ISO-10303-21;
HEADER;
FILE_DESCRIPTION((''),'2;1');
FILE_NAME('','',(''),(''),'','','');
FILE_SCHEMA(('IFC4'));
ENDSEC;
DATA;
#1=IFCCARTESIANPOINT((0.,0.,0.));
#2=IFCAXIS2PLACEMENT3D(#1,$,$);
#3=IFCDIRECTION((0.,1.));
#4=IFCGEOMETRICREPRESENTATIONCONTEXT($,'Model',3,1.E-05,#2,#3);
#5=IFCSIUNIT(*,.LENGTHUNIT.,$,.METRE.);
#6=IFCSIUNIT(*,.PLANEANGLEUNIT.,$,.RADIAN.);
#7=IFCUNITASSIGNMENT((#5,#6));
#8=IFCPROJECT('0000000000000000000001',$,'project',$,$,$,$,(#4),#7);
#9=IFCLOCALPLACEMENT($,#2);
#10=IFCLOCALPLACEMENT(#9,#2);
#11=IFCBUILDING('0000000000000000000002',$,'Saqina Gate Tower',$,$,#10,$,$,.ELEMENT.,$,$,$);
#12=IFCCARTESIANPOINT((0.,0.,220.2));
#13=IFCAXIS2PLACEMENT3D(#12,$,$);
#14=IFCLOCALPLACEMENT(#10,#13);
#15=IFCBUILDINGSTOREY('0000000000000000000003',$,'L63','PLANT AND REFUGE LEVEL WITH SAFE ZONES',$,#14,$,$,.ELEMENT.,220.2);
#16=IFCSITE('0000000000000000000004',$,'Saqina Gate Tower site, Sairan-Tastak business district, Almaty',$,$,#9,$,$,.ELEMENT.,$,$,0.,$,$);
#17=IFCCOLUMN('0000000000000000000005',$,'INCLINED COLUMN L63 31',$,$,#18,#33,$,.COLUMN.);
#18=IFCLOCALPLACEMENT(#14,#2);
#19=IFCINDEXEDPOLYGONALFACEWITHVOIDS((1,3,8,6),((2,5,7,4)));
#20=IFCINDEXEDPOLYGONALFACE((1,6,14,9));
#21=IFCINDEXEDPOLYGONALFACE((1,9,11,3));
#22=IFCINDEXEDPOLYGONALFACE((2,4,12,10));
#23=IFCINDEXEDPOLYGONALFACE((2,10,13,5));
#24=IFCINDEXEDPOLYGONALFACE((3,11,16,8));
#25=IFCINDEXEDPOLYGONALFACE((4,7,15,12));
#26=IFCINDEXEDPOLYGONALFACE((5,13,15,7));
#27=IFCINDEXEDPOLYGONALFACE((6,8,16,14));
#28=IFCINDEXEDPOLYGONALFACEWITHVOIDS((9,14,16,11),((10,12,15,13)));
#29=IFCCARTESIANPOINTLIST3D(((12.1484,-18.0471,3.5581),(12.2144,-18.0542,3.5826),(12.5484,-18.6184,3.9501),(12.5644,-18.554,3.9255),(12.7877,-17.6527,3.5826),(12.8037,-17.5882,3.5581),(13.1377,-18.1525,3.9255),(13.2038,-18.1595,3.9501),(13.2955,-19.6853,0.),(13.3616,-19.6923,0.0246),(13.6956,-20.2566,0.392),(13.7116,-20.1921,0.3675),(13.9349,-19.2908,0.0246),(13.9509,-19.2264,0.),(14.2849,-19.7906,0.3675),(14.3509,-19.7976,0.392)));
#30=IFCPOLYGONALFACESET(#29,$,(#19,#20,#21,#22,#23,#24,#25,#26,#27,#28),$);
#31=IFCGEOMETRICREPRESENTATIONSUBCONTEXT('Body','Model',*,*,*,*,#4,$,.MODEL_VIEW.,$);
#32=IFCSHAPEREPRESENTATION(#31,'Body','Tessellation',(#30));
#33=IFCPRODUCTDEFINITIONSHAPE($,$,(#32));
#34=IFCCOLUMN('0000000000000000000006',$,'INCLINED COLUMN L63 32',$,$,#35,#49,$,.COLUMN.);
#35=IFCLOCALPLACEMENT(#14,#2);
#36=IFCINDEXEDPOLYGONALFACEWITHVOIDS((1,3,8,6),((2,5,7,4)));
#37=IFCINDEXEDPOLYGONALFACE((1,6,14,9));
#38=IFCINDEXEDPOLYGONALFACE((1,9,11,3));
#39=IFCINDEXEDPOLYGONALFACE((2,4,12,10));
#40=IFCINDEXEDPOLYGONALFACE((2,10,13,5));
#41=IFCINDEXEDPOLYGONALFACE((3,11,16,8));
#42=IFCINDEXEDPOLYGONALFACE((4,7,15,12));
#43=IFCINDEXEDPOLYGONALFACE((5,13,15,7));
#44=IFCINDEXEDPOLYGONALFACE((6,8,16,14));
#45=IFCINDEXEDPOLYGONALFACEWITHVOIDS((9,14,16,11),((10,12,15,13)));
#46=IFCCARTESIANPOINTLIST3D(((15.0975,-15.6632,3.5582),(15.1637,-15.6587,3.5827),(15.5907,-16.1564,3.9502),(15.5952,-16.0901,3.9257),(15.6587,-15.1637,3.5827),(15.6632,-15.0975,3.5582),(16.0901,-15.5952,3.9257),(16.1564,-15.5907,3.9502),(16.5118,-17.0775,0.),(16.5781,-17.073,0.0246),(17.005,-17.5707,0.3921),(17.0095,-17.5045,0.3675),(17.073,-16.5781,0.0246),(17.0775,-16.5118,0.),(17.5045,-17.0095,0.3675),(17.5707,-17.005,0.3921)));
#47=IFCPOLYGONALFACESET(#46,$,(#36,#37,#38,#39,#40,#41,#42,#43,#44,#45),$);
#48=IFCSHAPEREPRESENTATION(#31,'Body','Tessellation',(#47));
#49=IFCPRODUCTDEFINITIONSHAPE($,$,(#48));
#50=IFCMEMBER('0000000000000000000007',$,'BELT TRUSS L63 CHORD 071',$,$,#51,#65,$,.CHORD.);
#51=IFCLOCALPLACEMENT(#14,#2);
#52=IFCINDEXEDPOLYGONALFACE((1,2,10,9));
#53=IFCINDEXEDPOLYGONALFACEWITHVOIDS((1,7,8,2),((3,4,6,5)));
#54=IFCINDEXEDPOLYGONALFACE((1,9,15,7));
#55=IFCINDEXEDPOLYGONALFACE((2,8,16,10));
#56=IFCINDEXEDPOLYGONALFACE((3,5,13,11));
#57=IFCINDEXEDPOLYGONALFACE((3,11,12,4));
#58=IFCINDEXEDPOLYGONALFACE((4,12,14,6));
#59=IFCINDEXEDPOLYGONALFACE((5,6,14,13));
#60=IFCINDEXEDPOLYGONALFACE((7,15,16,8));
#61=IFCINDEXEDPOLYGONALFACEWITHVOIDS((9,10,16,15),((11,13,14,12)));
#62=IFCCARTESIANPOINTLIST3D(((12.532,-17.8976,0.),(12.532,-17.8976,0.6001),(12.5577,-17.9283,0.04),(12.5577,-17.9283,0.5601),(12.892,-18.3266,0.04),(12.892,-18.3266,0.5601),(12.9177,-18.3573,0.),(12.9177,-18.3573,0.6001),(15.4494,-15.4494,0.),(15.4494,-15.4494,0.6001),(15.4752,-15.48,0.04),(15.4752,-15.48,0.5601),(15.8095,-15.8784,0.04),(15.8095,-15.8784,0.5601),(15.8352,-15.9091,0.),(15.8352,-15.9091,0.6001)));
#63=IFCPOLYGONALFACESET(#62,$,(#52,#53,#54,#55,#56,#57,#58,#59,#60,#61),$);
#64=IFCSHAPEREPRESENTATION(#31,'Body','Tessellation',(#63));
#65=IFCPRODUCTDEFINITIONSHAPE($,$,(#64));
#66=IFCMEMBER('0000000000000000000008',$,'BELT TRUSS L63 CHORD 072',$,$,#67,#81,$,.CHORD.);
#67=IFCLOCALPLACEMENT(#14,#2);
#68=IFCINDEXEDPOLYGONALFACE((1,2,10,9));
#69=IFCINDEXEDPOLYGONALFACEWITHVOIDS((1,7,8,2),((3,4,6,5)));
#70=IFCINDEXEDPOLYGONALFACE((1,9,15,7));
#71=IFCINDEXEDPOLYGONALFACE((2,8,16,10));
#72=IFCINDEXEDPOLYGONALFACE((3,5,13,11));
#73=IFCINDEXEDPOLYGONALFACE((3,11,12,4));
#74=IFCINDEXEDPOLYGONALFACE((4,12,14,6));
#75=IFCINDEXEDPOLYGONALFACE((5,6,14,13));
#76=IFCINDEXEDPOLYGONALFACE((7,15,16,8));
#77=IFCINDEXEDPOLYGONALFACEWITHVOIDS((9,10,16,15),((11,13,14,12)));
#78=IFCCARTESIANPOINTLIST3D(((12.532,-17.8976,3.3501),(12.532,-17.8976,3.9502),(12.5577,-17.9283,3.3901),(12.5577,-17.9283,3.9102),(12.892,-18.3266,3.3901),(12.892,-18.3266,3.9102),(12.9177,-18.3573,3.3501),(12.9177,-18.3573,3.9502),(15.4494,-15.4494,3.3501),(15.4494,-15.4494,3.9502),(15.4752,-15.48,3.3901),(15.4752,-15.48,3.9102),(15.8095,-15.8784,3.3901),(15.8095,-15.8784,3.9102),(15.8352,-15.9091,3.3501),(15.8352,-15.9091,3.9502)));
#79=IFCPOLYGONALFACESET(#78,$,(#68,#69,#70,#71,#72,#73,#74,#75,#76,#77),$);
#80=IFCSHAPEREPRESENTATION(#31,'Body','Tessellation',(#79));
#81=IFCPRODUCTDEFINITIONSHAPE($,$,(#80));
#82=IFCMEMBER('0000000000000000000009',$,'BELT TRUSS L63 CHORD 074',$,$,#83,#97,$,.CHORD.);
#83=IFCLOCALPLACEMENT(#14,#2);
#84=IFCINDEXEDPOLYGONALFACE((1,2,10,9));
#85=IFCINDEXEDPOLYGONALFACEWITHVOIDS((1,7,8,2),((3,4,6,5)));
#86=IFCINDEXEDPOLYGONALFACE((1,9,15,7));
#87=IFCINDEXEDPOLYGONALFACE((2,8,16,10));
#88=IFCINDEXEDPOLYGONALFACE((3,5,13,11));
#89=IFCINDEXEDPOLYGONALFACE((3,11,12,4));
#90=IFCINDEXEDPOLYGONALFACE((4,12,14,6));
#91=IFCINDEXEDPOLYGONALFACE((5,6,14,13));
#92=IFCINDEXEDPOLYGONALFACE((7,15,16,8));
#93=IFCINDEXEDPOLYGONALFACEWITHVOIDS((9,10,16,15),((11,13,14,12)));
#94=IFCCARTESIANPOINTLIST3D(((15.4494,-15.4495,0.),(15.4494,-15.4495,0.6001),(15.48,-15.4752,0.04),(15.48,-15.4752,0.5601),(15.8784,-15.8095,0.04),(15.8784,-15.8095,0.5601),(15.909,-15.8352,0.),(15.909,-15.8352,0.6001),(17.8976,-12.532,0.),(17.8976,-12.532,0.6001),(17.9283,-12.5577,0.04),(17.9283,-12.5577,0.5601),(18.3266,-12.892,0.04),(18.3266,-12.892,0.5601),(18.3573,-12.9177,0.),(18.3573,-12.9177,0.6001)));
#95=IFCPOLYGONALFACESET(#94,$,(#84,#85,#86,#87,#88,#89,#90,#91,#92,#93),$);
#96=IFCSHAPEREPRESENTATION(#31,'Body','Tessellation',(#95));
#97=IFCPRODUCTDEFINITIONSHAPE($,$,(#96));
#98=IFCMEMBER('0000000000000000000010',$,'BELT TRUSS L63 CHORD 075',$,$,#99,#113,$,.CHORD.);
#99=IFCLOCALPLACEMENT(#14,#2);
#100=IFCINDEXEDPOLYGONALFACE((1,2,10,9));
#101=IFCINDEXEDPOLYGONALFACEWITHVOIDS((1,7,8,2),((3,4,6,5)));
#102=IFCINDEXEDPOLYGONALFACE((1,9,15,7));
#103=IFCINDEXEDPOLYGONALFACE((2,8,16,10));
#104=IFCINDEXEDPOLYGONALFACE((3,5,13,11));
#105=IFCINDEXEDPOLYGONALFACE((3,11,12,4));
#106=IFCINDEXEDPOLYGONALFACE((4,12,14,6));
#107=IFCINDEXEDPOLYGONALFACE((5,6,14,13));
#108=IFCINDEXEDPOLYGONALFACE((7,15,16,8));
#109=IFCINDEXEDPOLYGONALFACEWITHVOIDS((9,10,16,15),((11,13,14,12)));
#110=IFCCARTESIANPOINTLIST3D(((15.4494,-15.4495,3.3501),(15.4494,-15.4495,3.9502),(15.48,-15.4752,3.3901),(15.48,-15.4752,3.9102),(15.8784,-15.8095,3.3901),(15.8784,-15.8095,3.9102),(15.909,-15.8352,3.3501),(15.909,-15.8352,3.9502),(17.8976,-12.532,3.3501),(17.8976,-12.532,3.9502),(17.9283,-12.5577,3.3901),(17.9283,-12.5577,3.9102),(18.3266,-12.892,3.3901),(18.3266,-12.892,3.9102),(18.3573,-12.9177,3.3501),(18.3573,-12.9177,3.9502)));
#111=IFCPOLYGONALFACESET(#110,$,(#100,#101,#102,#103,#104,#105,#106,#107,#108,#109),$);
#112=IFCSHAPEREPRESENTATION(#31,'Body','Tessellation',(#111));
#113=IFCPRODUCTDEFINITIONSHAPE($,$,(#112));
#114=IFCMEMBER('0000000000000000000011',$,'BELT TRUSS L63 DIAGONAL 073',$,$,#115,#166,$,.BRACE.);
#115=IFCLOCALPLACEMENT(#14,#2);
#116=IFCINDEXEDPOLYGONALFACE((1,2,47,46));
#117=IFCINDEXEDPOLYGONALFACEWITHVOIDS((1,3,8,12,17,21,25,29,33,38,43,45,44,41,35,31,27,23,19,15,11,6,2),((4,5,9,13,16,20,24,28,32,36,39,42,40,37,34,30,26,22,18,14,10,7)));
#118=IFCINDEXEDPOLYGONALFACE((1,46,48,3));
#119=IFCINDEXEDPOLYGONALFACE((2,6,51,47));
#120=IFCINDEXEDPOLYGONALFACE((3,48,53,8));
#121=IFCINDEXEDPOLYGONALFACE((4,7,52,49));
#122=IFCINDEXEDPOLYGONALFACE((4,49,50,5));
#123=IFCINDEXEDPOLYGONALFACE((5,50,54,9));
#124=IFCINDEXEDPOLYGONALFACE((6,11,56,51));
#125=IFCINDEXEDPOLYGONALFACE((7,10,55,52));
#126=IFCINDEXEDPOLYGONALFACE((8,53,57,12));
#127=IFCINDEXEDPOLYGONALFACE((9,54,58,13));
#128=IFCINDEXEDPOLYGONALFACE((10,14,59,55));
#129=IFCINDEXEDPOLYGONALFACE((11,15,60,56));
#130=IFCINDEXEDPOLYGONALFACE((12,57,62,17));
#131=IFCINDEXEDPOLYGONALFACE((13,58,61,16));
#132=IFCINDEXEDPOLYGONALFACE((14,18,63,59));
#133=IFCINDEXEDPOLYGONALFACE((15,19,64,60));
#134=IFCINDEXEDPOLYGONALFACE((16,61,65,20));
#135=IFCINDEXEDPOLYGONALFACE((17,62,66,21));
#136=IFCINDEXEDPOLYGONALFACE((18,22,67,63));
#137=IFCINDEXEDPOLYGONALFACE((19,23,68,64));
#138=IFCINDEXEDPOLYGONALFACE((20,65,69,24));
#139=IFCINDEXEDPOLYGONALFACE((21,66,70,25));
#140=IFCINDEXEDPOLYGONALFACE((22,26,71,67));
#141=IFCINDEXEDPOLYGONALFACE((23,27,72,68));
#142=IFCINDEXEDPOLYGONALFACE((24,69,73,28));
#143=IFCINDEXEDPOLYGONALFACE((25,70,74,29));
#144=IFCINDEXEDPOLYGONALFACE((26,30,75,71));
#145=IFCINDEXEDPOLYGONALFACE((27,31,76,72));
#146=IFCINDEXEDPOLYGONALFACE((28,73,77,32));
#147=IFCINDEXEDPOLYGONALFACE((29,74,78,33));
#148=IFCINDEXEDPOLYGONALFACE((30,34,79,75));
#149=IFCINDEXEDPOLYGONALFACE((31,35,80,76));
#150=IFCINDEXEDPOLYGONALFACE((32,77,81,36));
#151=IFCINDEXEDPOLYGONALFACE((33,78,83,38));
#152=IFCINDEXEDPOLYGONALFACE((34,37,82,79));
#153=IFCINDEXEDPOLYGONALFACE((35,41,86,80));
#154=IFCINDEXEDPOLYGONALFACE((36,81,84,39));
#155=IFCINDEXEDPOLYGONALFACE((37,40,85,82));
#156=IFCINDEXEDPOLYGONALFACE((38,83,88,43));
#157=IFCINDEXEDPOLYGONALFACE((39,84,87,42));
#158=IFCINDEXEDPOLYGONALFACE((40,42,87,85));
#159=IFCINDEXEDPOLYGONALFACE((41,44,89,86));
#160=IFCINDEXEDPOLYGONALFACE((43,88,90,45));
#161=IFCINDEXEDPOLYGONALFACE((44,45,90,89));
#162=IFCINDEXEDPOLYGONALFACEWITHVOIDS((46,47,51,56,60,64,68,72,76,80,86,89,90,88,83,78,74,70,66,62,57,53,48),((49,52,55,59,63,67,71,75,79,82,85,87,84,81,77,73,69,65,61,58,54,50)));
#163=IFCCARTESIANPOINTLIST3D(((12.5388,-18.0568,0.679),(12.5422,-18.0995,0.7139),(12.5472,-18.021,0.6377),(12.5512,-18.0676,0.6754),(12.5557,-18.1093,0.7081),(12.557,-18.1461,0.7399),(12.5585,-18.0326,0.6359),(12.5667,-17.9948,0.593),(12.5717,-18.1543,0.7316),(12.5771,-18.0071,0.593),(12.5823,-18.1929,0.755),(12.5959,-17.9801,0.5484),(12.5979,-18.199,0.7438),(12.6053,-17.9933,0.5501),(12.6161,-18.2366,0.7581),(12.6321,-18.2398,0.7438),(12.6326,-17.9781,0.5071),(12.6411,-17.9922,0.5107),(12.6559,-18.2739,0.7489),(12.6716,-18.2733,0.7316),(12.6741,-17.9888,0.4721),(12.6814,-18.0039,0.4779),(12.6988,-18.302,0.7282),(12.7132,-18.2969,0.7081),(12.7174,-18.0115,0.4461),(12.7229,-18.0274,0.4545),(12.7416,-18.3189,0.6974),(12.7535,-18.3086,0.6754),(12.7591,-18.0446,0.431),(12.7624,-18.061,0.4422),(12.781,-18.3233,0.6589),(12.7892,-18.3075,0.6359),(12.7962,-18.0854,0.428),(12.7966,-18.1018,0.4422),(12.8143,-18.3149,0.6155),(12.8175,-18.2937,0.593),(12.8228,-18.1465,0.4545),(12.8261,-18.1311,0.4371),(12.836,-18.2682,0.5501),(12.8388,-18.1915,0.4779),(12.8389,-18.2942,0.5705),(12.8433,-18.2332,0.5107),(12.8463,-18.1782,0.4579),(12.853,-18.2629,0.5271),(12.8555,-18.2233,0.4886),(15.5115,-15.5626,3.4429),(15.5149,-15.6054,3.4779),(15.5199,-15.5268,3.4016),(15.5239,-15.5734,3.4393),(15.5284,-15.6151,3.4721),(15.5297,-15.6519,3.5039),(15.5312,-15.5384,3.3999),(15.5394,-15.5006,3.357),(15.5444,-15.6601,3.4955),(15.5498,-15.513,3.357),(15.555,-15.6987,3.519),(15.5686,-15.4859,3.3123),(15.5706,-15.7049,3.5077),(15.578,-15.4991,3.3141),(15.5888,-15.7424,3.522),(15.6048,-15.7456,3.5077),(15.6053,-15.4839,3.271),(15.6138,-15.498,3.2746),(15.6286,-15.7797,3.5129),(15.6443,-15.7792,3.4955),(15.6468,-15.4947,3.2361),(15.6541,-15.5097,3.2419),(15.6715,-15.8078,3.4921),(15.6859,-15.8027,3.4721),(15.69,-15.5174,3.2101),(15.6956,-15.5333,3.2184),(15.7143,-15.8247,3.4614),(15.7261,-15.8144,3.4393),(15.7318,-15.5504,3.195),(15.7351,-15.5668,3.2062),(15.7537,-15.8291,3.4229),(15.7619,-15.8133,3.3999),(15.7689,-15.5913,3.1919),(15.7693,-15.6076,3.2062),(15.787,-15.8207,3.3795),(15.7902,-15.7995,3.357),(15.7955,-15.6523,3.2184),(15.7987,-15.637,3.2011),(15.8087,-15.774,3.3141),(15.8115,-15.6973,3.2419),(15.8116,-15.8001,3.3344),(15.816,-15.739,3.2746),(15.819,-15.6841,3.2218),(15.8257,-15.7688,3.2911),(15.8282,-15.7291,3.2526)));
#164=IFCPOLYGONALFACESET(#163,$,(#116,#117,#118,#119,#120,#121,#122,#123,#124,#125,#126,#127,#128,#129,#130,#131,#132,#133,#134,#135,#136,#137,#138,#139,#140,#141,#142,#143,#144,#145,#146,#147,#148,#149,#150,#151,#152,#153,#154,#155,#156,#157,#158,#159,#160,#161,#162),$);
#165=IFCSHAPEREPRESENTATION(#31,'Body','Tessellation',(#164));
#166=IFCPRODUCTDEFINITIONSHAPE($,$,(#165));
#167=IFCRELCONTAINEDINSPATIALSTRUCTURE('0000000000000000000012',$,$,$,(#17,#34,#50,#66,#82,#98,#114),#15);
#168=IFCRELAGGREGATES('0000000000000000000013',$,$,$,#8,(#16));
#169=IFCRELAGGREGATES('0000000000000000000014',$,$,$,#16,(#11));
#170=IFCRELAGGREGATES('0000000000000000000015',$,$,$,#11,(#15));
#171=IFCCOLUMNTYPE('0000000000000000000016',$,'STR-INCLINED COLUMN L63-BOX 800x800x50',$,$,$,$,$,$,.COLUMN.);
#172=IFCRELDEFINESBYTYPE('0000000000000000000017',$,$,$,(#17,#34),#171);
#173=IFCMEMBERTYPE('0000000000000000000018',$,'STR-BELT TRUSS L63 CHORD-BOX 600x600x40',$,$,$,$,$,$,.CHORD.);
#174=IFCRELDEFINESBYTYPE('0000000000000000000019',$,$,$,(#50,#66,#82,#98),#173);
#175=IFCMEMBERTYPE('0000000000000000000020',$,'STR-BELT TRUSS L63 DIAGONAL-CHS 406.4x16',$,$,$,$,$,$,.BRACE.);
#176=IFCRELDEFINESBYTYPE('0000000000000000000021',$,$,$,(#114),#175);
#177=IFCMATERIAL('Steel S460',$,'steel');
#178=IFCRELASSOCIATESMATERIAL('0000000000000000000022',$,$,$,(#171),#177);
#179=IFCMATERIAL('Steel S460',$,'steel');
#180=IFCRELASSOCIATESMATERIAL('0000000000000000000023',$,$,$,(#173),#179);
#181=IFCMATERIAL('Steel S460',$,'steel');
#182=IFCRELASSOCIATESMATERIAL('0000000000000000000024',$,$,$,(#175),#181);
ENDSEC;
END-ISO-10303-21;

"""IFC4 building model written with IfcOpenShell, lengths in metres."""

from ifc_helpers import new_model, si_unit, direction, frame, origin, origin_2d, place, context, subcontext, project, spatial, hollow_rectangle, hollow_circle, extrude, material, material_profile, profile_set, type_object, element, save


model = new_model("IFC4")

# Units and contexts
model_context = context("Model", 3, precision=1e-05, world=origin(), true_north=direction((0.0, 1.0)))
body_context = subcontext(model_context, "Body", "Model", "MODEL_VIEW")
ifc_project = project(units=[si_unit("LENGTHUNIT", "METRE"), si_unit("PLANEANGLEUNIT", "RADIAN")], contexts=[model_context])

# Site, building, storey
site_placement = place(None, origin())
site = spatial("IfcSite", under=ifc_project, at=site_placement, Name="Saqina Gate Tower site, Sairan-Tastak business district, Almaty", CompositionType="ELEMENT", RefElevation=0.0)
building_placement = place(site_placement, origin())
building = spatial("IfcBuilding", under=site, at=building_placement, Name="Saqina Gate Tower", CompositionType="ELEMENT")
storey_placement = place(building_placement, frame((0.0, 0.0, 220.2)))
storey = spatial("IfcBuildingStorey", under=building, at=storey_placement, Name="L63", Description="PLANT AND REFUGE LEVEL WITH SAFE ZONES", CompositionType="ELEMENT", Elevation=220.2)

# Columns
ifc_material_1 = material(Name="Steel S460", Category="steel")
ifc_material_profile_1 = material_profile(ifc_material_1, hollow_rectangle(XDim=0.8, YDim=0.8, WallThickness=0.05, at=origin_2d()), Name="BOX 800x800x50")
ifc_profile_set_1 = profile_set([ifc_material_profile_1], Name="Steel S460")
column_type = type_object("IfcColumnType", Name="STR-INCLINED COLUMN L63-BOX 800x800x50", PredefinedType="COLUMN", material=ifc_profile_set_1)
column_1_placement = place(storey_placement, frame((13.8232, -19.7415, 0.196), z_axis=(-0.281067, 0.401353, 0.871732), x_axis=(-0.819117, -0.573626, 0.0)))
element("IfcColumn", 1, at=column_1_placement, inside=storey, type_object=column_type, Name="INCLINED COLUMN L63 31", PredefinedType="COLUMN", context=body_context, shape_type="SweptSolid", body=[
    extrude(hollow_rectangle(XDim=0.8, YDim=0.8, WallThickness=0.05, at=origin_2d()), origin(), (0.0, 0.0, 1.0), 4.0815),
])
column_2_placement = place(storey_placement, frame((17.0413, -17.0413, 0.196), z_axis=(-0.346496, 0.346496, 0.871712), x_axis=(-0.707107, -0.707107, 0.0)))
element("IfcColumn", 2, at=column_2_placement, inside=storey, type_object=column_type, Name="INCLINED COLUMN L63 32", PredefinedType="COLUMN", context=body_context, shape_type="SweptSolid", body=[
    extrude(hollow_rectangle(XDim=0.8, YDim=0.8, WallThickness=0.05, at=origin_2d()), origin(), (0.0, 0.0, 1.0), 4.0818),
])

# Members
ifc_material_2 = material(Name="Steel S460", Category="steel")
ifc_material_profile_2 = material_profile(ifc_material_2, hollow_rectangle(XDim=0.6001, YDim=0.6001, WallThickness=0.04, at=origin_2d()), Name="BOX 600x600x40")
ifc_profile_set_2 = profile_set([ifc_material_profile_2], Name="Steel S460")
member_type_1 = type_object("IfcMemberType", Name="STR-BELT TRUSS L63 CHORD-BOX 600x600x40", PredefinedType="CHORD", material=ifc_profile_set_2)
for number, where, z_axis, x_axis, name in (
    (3, (12.7249, -18.1274, 0.3), (0.76602, 0.642816, 0.0), (-0.642816, 0.76602, 0.0), "BELT TRUSS L63 CHORD 071"),
    (4, (12.7249, -18.1274, 3.6501), (0.76602, 0.642816, 0.0), (-0.642816, 0.76602, 0.0), "BELT TRUSS L63 CHORD 072"),
    (5, (15.6792, -15.6423, 0.3), (0.642816, 0.76602, 0.0), (-0.76602, 0.642816, 0.0), "BELT TRUSS L63 CHORD 074"),
    (6, (15.6792, -15.6423, 3.6501), (0.642816, 0.76602, 0.0), (-0.76602, 0.642816, 0.0), "BELT TRUSS L63 CHORD 075"),
):
    element("IfcMember", number, at=place(storey_placement, frame(where, z_axis=z_axis, x_axis=x_axis)), inside=storey, type_object=member_type_1, Name=name, PredefinedType="CHORD", context=body_context, shape_type="SweptSolid", body=[
        extrude(hollow_rectangle(XDim=0.6001, YDim=0.6001, WallThickness=0.04, at=origin_2d()), origin(), (0.0, 0.0, 1.0), 3.8086),
    ])
ifc_material_3 = material(Name="Steel S460", Category="steel")
ifc_material_profile_3 = material_profile(ifc_material_3, hollow_circle(Radius=0.2031, WallThickness=0.0161, at=origin_2d()), Name="CHS 406.4x16")
ifc_profile_set_3 = profile_set([ifc_material_profile_3], Name="Steel S460")
member_type_2 = type_object("IfcMemberType", Name="STR-BELT TRUSS L63 DIAGONAL-CHS 406.4x16", PredefinedType="BRACE", material=ifc_profile_set_3)
for number, where, z_axis, x_axis, name in (
    (7, (12.6973, -18.1504, 0.593), (0.62397, 0.523528, 0.580155), (-0.642755, 0.766072, 0.0), "BELT TRUSS L63 DIAGONAL 073"),
):
    element("IfcMember", number, at=place(storey_placement, frame(where, z_axis=z_axis, x_axis=x_axis)), inside=storey, type_object=member_type_2, Name=name, PredefinedType="BRACE", context=body_context, shape_type="SweptSolid", body=[
        extrude(hollow_circle(Radius=0.2031, WallThickness=0.0161, at=origin_2d()), origin(), (0.0, 0.0, 1.0), 4.7642),
    ])

save(model, "model.ifc")
